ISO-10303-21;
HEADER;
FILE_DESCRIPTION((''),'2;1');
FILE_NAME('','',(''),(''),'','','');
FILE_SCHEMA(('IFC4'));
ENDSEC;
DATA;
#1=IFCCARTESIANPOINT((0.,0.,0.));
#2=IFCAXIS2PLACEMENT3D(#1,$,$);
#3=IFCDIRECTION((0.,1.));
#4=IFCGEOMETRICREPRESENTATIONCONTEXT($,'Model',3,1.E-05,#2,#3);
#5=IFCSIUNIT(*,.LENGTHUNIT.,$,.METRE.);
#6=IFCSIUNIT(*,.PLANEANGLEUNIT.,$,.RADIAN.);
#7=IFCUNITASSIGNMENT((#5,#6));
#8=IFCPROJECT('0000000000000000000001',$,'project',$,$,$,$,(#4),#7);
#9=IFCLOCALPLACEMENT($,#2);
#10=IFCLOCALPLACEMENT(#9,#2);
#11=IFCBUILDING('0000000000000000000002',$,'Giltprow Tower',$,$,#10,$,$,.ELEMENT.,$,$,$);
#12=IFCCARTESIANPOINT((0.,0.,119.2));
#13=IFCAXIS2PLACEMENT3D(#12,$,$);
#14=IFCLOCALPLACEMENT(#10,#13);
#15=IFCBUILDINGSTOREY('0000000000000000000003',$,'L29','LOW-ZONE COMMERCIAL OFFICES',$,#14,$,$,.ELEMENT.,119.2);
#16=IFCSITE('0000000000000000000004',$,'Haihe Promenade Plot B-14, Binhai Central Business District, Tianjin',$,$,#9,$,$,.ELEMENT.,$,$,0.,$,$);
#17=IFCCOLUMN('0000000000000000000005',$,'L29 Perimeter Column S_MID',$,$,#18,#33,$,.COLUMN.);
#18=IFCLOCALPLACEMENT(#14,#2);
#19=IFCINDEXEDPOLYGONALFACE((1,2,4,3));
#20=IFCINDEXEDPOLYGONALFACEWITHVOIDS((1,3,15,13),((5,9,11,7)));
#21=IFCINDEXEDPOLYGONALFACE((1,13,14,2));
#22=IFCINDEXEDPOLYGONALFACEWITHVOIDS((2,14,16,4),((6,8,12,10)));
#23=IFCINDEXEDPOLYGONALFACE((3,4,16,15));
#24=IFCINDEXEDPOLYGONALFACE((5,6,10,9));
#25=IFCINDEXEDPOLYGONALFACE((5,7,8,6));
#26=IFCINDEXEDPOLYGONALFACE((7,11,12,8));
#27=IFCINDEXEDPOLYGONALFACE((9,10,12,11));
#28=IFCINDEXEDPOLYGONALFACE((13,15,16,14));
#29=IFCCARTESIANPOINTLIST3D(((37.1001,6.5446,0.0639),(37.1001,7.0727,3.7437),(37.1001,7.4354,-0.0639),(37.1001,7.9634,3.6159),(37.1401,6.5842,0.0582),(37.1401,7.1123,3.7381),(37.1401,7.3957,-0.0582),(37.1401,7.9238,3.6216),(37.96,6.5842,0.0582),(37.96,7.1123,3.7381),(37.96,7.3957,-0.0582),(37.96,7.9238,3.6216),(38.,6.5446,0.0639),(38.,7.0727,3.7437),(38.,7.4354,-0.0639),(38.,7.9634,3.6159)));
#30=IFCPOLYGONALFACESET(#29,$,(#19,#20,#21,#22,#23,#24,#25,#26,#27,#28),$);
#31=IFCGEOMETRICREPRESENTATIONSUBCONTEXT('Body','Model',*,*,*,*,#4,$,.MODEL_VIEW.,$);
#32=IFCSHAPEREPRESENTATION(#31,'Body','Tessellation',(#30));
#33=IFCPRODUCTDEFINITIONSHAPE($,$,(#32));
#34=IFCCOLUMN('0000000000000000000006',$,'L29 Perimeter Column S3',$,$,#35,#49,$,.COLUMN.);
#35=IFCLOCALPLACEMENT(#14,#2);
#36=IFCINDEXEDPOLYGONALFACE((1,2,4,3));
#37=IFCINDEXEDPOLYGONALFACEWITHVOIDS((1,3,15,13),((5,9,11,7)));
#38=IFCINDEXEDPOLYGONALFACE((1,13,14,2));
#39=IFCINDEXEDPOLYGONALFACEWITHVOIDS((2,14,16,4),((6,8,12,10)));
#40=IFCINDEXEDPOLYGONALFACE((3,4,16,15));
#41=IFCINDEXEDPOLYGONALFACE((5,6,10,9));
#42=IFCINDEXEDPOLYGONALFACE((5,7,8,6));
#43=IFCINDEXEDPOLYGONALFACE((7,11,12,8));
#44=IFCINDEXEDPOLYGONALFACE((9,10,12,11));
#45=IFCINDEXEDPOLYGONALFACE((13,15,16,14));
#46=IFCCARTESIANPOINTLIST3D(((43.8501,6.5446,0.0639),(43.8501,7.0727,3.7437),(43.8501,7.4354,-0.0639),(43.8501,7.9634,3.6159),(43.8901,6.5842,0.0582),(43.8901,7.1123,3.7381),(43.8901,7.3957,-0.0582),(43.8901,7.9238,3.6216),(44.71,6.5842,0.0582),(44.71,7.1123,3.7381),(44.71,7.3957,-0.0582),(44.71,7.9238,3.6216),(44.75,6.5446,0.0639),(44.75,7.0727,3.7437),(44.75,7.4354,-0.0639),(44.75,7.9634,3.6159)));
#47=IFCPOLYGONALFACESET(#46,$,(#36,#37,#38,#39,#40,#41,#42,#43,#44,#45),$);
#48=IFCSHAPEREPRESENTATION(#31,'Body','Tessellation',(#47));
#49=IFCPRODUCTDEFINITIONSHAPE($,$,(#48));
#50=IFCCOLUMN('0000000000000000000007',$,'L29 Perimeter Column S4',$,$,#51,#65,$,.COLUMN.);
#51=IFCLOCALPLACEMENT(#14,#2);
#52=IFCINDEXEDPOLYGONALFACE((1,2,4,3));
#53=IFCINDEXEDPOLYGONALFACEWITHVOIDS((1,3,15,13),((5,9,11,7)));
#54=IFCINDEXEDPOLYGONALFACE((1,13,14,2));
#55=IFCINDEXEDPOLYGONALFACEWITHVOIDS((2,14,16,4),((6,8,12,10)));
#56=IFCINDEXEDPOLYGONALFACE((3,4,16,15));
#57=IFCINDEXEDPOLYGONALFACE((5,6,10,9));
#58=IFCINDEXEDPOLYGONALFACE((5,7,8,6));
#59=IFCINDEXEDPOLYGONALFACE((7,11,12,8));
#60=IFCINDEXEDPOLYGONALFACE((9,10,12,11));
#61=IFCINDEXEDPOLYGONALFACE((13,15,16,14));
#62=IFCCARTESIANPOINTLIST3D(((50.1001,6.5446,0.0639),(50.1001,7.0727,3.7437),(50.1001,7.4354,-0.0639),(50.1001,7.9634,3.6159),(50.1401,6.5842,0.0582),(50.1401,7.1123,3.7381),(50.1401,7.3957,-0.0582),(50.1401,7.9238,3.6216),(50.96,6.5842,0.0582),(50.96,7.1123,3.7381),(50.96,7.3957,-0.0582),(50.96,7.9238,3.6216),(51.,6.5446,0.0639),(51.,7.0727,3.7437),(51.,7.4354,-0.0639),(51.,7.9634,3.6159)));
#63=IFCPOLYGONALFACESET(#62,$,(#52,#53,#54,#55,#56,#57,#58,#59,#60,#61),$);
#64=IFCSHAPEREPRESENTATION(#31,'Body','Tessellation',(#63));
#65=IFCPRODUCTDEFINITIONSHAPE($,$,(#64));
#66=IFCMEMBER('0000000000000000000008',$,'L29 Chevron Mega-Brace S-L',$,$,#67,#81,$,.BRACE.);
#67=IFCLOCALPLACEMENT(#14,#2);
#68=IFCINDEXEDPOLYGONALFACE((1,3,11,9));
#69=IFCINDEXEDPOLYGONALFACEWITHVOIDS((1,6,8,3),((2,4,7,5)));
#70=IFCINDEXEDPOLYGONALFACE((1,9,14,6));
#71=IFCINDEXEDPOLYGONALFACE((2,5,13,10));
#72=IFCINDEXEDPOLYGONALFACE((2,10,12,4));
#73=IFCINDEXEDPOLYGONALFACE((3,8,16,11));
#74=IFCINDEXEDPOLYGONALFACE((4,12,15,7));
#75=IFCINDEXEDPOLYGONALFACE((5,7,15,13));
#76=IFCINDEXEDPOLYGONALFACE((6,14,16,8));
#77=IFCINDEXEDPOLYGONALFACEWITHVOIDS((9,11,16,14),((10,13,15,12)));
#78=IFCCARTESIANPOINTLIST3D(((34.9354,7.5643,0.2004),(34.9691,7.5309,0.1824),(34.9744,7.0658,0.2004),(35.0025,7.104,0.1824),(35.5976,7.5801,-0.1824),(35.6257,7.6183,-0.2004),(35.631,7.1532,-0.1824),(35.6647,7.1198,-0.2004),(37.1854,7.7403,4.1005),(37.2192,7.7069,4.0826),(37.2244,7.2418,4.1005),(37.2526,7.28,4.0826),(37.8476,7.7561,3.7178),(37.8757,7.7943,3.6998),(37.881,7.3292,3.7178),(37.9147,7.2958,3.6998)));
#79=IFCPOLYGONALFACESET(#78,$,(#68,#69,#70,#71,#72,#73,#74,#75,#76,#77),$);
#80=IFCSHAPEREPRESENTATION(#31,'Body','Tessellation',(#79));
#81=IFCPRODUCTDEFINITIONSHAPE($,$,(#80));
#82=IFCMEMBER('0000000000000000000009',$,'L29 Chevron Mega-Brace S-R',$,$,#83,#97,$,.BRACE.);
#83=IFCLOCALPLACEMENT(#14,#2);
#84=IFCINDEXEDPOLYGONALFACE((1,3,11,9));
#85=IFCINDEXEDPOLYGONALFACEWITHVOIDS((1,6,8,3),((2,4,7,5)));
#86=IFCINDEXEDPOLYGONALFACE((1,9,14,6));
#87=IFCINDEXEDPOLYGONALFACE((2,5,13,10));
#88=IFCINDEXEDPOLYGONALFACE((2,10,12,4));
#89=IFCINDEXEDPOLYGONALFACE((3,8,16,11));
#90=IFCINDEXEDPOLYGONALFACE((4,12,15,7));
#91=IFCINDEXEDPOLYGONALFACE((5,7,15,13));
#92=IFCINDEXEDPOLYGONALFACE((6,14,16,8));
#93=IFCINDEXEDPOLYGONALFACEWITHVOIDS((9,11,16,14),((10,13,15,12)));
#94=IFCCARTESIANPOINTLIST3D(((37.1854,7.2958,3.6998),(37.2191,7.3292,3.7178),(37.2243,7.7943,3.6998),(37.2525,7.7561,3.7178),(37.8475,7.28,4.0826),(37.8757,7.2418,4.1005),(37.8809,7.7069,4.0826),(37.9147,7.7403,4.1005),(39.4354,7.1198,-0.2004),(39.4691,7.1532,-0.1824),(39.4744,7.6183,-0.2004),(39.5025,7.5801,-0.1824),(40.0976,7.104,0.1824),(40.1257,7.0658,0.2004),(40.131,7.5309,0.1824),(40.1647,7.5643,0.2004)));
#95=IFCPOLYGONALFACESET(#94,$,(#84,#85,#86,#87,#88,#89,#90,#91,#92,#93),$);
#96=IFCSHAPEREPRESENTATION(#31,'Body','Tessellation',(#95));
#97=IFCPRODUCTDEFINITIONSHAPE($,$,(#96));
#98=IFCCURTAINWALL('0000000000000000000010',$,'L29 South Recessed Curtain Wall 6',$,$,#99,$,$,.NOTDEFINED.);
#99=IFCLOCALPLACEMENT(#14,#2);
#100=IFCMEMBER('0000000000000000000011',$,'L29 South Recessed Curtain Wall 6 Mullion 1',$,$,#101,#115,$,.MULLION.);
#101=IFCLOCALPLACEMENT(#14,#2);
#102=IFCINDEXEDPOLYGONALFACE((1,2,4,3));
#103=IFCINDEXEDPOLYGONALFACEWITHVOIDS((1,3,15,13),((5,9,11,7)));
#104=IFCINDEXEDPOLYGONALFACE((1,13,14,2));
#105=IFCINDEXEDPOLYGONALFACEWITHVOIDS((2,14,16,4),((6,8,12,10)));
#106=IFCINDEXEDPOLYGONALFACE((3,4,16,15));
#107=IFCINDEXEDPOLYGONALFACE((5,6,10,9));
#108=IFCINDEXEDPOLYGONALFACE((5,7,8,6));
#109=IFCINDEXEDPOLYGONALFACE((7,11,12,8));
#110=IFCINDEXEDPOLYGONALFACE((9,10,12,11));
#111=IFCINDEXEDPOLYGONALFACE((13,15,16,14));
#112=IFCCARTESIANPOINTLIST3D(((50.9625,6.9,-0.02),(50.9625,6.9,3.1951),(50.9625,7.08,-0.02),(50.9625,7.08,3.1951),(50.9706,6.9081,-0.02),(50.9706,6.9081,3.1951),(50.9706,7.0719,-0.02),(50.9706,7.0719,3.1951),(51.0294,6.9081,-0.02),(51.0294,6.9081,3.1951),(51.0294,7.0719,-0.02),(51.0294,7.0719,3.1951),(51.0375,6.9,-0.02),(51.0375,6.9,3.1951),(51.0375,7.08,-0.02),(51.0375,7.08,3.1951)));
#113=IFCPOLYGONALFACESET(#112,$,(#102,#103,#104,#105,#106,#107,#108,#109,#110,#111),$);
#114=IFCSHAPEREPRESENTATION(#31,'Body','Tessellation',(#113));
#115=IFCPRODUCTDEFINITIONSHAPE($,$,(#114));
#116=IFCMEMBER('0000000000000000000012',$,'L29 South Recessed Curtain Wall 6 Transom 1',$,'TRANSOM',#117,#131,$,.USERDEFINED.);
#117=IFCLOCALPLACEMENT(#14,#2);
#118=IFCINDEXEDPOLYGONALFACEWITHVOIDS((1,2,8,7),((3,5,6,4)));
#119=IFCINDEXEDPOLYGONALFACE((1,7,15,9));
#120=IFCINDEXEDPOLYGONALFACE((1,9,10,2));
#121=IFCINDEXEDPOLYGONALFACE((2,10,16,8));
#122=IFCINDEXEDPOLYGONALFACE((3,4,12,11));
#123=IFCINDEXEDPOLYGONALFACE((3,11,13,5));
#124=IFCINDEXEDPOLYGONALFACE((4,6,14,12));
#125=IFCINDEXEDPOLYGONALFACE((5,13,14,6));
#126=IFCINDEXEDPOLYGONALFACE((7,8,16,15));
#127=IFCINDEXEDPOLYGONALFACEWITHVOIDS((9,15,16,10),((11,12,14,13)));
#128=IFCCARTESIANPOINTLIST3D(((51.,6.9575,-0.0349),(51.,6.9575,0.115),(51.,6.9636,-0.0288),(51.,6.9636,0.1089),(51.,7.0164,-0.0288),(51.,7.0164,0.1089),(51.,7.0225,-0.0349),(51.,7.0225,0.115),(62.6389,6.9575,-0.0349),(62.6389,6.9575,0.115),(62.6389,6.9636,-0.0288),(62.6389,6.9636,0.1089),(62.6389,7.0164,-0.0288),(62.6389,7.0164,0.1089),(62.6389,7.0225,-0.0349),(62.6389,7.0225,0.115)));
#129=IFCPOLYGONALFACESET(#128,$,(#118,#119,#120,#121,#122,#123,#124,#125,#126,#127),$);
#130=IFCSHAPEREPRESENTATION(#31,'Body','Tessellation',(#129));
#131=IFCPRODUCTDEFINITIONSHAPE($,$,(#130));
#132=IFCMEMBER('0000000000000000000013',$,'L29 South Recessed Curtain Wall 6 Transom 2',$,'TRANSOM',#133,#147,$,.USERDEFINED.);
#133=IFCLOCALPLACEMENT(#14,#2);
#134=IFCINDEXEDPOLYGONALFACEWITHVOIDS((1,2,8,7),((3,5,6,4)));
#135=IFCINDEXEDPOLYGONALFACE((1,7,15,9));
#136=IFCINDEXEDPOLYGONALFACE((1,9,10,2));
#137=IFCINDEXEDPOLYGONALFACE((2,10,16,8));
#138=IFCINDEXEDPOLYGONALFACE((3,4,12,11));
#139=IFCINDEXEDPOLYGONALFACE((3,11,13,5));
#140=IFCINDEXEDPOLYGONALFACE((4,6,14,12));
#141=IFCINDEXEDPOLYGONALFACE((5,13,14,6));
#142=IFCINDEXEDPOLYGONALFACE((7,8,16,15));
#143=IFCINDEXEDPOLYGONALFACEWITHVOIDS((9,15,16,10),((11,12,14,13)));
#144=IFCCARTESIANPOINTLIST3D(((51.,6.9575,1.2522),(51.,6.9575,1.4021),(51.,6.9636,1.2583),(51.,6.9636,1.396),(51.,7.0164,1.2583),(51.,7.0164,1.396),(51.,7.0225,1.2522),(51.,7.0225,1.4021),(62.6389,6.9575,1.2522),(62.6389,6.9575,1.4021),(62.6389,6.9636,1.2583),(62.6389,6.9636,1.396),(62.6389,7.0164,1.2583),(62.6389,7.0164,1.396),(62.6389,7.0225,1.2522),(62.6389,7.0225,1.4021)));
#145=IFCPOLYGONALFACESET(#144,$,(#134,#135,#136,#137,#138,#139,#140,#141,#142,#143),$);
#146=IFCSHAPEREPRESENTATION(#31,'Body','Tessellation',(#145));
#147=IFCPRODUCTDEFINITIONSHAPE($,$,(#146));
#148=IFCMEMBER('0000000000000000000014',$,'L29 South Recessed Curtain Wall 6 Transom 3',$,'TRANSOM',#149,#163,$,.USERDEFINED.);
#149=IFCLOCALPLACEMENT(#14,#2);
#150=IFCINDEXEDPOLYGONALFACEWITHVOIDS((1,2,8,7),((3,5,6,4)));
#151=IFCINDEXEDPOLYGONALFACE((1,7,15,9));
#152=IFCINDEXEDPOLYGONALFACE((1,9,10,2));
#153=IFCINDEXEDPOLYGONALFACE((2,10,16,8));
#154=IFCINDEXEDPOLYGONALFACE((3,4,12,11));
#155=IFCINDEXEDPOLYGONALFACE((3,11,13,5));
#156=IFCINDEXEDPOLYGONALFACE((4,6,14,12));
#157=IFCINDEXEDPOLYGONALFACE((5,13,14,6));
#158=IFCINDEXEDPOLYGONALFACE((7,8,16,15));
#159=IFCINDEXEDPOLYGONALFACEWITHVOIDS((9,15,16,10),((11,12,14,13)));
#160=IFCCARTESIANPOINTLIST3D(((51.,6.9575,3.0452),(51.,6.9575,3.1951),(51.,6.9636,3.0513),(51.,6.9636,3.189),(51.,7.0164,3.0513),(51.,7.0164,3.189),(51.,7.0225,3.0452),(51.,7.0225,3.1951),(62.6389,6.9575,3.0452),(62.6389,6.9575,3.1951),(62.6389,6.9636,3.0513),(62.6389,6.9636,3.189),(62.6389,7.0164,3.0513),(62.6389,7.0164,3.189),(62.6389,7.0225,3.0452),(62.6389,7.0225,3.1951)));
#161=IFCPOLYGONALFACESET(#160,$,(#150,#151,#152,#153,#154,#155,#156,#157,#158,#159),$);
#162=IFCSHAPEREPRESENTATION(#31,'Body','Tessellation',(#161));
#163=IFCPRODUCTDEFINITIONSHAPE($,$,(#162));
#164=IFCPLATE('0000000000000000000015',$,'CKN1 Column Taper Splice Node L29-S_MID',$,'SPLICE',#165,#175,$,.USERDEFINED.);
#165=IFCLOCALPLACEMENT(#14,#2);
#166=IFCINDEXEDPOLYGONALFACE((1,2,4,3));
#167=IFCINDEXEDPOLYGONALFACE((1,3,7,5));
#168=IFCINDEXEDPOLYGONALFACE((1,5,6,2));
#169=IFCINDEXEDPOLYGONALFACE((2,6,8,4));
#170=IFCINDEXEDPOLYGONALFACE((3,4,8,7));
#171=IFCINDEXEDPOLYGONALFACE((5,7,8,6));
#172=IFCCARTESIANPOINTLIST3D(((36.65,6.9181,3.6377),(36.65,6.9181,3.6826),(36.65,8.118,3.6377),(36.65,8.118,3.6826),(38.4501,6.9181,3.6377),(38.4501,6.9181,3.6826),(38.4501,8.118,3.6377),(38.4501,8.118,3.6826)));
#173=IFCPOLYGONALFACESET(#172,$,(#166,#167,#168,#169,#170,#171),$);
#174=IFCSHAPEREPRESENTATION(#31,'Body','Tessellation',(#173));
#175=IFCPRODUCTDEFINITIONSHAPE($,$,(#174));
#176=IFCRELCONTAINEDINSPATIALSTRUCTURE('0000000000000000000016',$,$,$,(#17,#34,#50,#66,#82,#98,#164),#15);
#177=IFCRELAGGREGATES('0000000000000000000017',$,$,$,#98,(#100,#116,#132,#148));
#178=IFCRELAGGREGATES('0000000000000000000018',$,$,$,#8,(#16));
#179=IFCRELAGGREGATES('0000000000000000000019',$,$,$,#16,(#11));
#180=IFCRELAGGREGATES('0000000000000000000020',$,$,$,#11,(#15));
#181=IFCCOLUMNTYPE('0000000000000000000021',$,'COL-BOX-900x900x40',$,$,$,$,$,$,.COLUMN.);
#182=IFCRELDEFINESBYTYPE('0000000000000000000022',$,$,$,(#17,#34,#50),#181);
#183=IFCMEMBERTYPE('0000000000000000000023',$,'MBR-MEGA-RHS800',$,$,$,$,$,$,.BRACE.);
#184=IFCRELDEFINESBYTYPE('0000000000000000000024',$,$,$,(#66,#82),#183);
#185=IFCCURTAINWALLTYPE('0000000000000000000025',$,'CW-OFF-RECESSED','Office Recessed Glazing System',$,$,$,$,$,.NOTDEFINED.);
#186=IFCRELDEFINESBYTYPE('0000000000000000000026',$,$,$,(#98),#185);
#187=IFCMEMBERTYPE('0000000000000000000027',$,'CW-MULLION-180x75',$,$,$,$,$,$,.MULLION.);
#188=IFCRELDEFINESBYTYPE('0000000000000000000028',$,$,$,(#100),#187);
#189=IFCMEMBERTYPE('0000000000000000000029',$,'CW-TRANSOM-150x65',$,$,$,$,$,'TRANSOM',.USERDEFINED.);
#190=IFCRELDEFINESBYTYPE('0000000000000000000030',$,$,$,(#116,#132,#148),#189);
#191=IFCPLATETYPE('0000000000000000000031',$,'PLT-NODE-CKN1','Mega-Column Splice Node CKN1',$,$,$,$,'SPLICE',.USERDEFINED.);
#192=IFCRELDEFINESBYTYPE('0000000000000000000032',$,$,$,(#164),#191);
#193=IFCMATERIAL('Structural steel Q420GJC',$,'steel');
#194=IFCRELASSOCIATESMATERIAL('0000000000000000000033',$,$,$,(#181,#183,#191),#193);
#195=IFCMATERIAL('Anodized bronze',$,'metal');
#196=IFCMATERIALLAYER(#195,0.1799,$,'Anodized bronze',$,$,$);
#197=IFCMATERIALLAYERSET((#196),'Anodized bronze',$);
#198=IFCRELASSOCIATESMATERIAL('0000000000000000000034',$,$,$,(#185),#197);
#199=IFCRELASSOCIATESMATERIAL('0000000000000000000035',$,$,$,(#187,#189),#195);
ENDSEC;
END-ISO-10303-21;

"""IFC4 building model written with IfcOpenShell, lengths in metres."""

from ifc_helpers import new_model, si_unit, direction, frame, origin, origin_2d, place, context, subcontext, project, spatial, rectangle, hollow_rectangle, extrude, source, transform, mapped, material, layer, layer_set, material_profile, profile_set, type_object, element, aggregate, save


model = new_model("IFC4")

# Units and contexts
model_context = context("Model", 3, precision=1e-05, world=origin(), true_north=direction((0.0, 1.0)))
body_context = subcontext(model_context, "Body", "Model", "MODEL_VIEW")
ifc_project = project(units=[si_unit("LENGTHUNIT", "METRE"), si_unit("PLANEANGLEUNIT", "RADIAN")], contexts=[model_context])

# Site, building, storey
site_placement = place(None, origin())
site = spatial("IfcSite", under=ifc_project, at=site_placement, Name="Haihe Promenade Plot B-14, Binhai Central Business District, Tianjin", CompositionType="ELEMENT", RefElevation=0.0)
building_placement = place(site_placement, origin())
building = spatial("IfcBuilding", under=site, at=building_placement, Name="Giltprow Tower", CompositionType="ELEMENT")
storey_placement = place(building_placement, frame((0.0, 0.0, 119.2)))
storey = spatial("IfcBuildingStorey", under=building, at=storey_placement, Name="L29", Description="LOW-ZONE COMMERCIAL OFFICES", CompositionType="ELEMENT", Elevation=119.2)

# Columns
ifc_material_1 = material(Name="Structural steel Q420GJC", Category="steel")
ifc_material_profile_1 = material_profile(ifc_material_1, hollow_rectangle(XDim=0.8999, YDim=0.8999, WallThickness=0.04, at=origin_2d()), Name="BOX 900x900x40")
ifc_profile_set_1 = profile_set([ifc_material_profile_1], Name="Structural steel Q420GJC")
column_type = type_object("IfcColumnType", Name="COL-BOX-900x900x40", PredefinedType="COLUMN", material=ifc_profile_set_1)
shared_shape_1 = source(origin(), body_context, "Body", "SweptSolid", [
    extrude(hollow_rectangle(XDim=0.8999, YDim=0.8999, WallThickness=0.04, at=origin_2d()), origin(), (0.0, 0.0, 1.0), 3.7175),
])
for number, where, z_axis, x_axis, name in (
    (1, (37.55, 6.99, 0.0), (0.0, 0.142047, 0.98986), (-1.0, 0.0, 0.0), "L29 Perimeter Column S_MID"),
    (2, (44.3, 6.99, 0.0), (0.0, 0.142047, 0.98986), (-1.0, 0.0, 0.0), "L29 Perimeter Column S3"),
    (3, (50.55, 6.99, 0.0), (0.0, 0.142047, 0.98986), (-1.0, 0.0, 0.0), "L29 Perimeter Column S4"),
):
    element("IfcColumn", number, at=place(storey_placement, frame(where, z_axis=z_axis, x_axis=x_axis)), inside=storey, type_object=column_type, Name=name, PredefinedType="COLUMN", context=body_context, shape_type="MappedRepresentation", body=[
        mapped(shared_shape_1, transform((0.0, 0.0, 0.0), x_axis=(1.0, 0.0, 0.0), y_axis=(0.0, 1.0, 0.0), z_axis=(0.0, 0.0, 1.0), scale=1.0)),
    ])

# Members
ifc_material_profile_2 = material_profile(ifc_material_1, hollow_rectangle(XDim=0.5, YDim=0.8, WallThickness=0.0359, at=origin_2d()), Name="RHS 800x500x36")
ifc_profile_set_2 = profile_set([ifc_material_profile_2], Name="Structural steel Q420GJC")
member_type_1 = type_object("IfcMemberType", Name="MBR-MEGA-RHS800", PredefinedType="BRACE", material=ifc_profile_set_2)
shared_shape_2 = source(origin(), body_context, "Body", "SweptSolid", [
    extrude(hollow_rectangle(XDim=0.5, YDim=0.8, WallThickness=0.0359, at=origin_2d()), origin(), (0.0, 0.0, 1.0), 4.5061),
])
for number, where, z_axis, x_axis, name in (
    (4, (35.3, 7.342, 0.0), (0.499327, 0.039064, 0.865533), (-0.077995, 0.996954, 0.0), "L29 Chevron Mega-Brace S-L"),
    (5, (39.8, 7.342, 0.0), (-0.499327, 0.039064, 0.865533), (-0.077995, -0.996954, 0.0), "L29 Chevron Mega-Brace S-R"),
):
    element("IfcMember", number, at=place(storey_placement, frame(where, z_axis=z_axis, x_axis=x_axis)), inside=storey, type_object=member_type_1, Name=name, PredefinedType="BRACE", context=body_context, shape_type="MappedRepresentation", body=[
        mapped(shared_shape_2, transform((0.0, 0.0, 0.0), x_axis=(1.0, 0.0, 0.0), y_axis=(0.0, 1.0, 0.0), z_axis=(0.0, 0.0, 1.0), scale=1.0)),
    ])

# Curtain wall, members
ifc_material_2 = material(Name="Anodized bronze", Category="metal")
ifc_layer_1 = layer(ifc_material_2, 0.1799, Name="Anodized bronze")
ifc_layer_set_1 = layer_set([ifc_layer_1], Name="Anodized bronze")
curtain_wall_type = type_object("IfcCurtainWallType", Name="CW-OFF-RECESSED", Description="Office Recessed Glazing System", PredefinedType="NOTDEFINED", material=ifc_layer_set_1)
curtain_wall_placement = place(storey_placement, origin())
curtain_wall = element("IfcCurtainWall", 6, at=curtain_wall_placement, inside=storey, type_object=curtain_wall_type, Name="L29 South Recessed Curtain Wall 6", PredefinedType="NOTDEFINED")
ifc_material_profile_3 = material_profile(ifc_material_2, hollow_rectangle(XDim=0.075, YDim=0.1799, WallThickness=0.0081, at=origin_2d()), Name="RHS 180x75x8")
ifc_profile_set_3 = profile_set([ifc_material_profile_3], Name="Anodized bronze")
member_type_2 = type_object("IfcMemberType", Name="CW-MULLION-180x75", PredefinedType="MULLION", material=ifc_profile_set_3)
shared_shape_3 = source(origin(), body_context, "Body", "SweptSolid", [
    extrude(hollow_rectangle(XDim=0.075, YDim=0.1799, WallThickness=0.0081, at=origin_2d()), origin(), (0.0, 0.0, 1.0), 3.2151),
])
member_1_placement = place(storey_placement, frame((51.0, 6.99, -0.02), z_axis=(0.0, 0.0, 1.0), x_axis=(1.0, 0.0, 0.0)))
member_1 = element("IfcMember", 7, at=member_1_placement, type_object=member_type_2, Name="L29 South Recessed Curtain Wall 6 Mullion 1", PredefinedType="MULLION", context=body_context, shape_type="MappedRepresentation", body=[
    mapped(shared_shape_3, transform((0.0, 0.0, 0.0), x_axis=(1.0, 0.0, 0.0), y_axis=(0.0, 1.0, 0.0), z_axis=(0.0, 0.0, 1.0), scale=1.0)),
])
ifc_material_profile_4 = material_profile(ifc_material_2, hollow_rectangle(XDim=0.0649, YDim=0.1499, WallThickness=0.0061, at=origin_2d()), Name="RHS 150x65x6")
ifc_profile_set_4 = profile_set([ifc_material_profile_4], Name="Anodized bronze")
member_type_3 = type_object("IfcMemberType", Name="CW-TRANSOM-150x65", ElementType="TRANSOM", PredefinedType="USERDEFINED", material=ifc_profile_set_4)
shared_shape_4 = source(origin(), body_context, "Body", "SweptSolid", [
    extrude(hollow_rectangle(XDim=0.0649, YDim=0.1499, WallThickness=0.0061, at=origin_2d()), origin(), (0.0, 0.0, 1.0), 11.6389),
])
member_2_placement = place(storey_placement, frame((51.0, 6.99, 0.04), z_axis=(1.0, 0.0, 0.0), x_axis=(0.0, 1.0, 0.0)))
member_2 = element("IfcMember", 8, at=member_2_placement, type_object=member_type_3, Name="L29 South Recessed Curtain Wall 6 Transom 1", ObjectType="TRANSOM", PredefinedType="USERDEFINED", context=body_context, shape_type="MappedRepresentation", body=[
    mapped(shared_shape_4, transform((0.0, 0.0, 0.0), x_axis=(1.0, 0.0, 0.0), y_axis=(0.0, 1.0, 0.0), z_axis=(0.0, 0.0, 1.0), scale=1.0)),
])
member_3_placement = place(storey_placement, frame((51.0, 6.99, 1.3271), z_axis=(1.0, 0.0, 0.0), x_axis=(0.0, 1.0, 0.0)))
member_3 = element("IfcMember", 9, at=member_3_placement, type_object=member_type_3, Name="L29 South Recessed Curtain Wall 6 Transom 2", ObjectType="TRANSOM", PredefinedType="USERDEFINED", context=body_context, shape_type="MappedRepresentation", body=[
    mapped(shared_shape_4, transform((0.0, 0.0, 0.0), x_axis=(1.0, 0.0, 0.0), y_axis=(0.0, 1.0, 0.0), z_axis=(0.0, 0.0, 1.0), scale=1.0)),
])
member_4_placement = place(storey_placement, frame((51.0, 6.99, 3.1201), z_axis=(1.0, 0.0, 0.0), x_axis=(0.0, 1.0, 0.0)))
member_4 = element("IfcMember", 10, at=member_4_placement, type_object=member_type_3, Name="L29 South Recessed Curtain Wall 6 Transom 3", ObjectType="TRANSOM", PredefinedType="USERDEFINED", context=body_context, shape_type="MappedRepresentation", body=[
    mapped(shared_shape_4, transform((0.0, 0.0, 0.0), x_axis=(1.0, 0.0, 0.0), y_axis=(0.0, 1.0, 0.0), z_axis=(0.0, 0.0, 1.0), scale=1.0)),
])

# Plate
plate_type_1 = type_object("IfcPlateType", Name="PLT-NODE-CKN1", Description="Mega-Column Splice Node CKN1", ElementType="SPLICE", PredefinedType="USERDEFINED", material=ifc_material_1)
shared_shape_5 = source(origin(), body_context, "Body", "SweptSolid", [
    extrude(rectangle(XDim=1.8, YDim=1.2, at=origin_2d()), origin(), (0.0, 0.0, 1.0), 0.0449),
])
plate_1_placement = place(storey_placement, frame((37.55, 7.5181, 3.6377), z_axis=(0.0, 0.0, 1.0), x_axis=(1.0, 0.0, 0.0)))
element("IfcPlate", 11, at=plate_1_placement, inside=storey, type_object=plate_type_1, Name="CKN1 Column Taper Splice Node L29-S_MID", ObjectType="SPLICE", PredefinedType="USERDEFINED", context=body_context, shape_type="MappedRepresentation", body=[
    mapped(shared_shape_5, transform((0.0, 0.0, 0.0), x_axis=(1.0, 0.0, 0.0), y_axis=(0.0, 1.0, 0.0), z_axis=(0.0, 0.0, 1.0), scale=1.0)),
])
aggregate(curtain_wall, [member_1, member_2, member_3, member_4])

save(model, "model.ifc")
